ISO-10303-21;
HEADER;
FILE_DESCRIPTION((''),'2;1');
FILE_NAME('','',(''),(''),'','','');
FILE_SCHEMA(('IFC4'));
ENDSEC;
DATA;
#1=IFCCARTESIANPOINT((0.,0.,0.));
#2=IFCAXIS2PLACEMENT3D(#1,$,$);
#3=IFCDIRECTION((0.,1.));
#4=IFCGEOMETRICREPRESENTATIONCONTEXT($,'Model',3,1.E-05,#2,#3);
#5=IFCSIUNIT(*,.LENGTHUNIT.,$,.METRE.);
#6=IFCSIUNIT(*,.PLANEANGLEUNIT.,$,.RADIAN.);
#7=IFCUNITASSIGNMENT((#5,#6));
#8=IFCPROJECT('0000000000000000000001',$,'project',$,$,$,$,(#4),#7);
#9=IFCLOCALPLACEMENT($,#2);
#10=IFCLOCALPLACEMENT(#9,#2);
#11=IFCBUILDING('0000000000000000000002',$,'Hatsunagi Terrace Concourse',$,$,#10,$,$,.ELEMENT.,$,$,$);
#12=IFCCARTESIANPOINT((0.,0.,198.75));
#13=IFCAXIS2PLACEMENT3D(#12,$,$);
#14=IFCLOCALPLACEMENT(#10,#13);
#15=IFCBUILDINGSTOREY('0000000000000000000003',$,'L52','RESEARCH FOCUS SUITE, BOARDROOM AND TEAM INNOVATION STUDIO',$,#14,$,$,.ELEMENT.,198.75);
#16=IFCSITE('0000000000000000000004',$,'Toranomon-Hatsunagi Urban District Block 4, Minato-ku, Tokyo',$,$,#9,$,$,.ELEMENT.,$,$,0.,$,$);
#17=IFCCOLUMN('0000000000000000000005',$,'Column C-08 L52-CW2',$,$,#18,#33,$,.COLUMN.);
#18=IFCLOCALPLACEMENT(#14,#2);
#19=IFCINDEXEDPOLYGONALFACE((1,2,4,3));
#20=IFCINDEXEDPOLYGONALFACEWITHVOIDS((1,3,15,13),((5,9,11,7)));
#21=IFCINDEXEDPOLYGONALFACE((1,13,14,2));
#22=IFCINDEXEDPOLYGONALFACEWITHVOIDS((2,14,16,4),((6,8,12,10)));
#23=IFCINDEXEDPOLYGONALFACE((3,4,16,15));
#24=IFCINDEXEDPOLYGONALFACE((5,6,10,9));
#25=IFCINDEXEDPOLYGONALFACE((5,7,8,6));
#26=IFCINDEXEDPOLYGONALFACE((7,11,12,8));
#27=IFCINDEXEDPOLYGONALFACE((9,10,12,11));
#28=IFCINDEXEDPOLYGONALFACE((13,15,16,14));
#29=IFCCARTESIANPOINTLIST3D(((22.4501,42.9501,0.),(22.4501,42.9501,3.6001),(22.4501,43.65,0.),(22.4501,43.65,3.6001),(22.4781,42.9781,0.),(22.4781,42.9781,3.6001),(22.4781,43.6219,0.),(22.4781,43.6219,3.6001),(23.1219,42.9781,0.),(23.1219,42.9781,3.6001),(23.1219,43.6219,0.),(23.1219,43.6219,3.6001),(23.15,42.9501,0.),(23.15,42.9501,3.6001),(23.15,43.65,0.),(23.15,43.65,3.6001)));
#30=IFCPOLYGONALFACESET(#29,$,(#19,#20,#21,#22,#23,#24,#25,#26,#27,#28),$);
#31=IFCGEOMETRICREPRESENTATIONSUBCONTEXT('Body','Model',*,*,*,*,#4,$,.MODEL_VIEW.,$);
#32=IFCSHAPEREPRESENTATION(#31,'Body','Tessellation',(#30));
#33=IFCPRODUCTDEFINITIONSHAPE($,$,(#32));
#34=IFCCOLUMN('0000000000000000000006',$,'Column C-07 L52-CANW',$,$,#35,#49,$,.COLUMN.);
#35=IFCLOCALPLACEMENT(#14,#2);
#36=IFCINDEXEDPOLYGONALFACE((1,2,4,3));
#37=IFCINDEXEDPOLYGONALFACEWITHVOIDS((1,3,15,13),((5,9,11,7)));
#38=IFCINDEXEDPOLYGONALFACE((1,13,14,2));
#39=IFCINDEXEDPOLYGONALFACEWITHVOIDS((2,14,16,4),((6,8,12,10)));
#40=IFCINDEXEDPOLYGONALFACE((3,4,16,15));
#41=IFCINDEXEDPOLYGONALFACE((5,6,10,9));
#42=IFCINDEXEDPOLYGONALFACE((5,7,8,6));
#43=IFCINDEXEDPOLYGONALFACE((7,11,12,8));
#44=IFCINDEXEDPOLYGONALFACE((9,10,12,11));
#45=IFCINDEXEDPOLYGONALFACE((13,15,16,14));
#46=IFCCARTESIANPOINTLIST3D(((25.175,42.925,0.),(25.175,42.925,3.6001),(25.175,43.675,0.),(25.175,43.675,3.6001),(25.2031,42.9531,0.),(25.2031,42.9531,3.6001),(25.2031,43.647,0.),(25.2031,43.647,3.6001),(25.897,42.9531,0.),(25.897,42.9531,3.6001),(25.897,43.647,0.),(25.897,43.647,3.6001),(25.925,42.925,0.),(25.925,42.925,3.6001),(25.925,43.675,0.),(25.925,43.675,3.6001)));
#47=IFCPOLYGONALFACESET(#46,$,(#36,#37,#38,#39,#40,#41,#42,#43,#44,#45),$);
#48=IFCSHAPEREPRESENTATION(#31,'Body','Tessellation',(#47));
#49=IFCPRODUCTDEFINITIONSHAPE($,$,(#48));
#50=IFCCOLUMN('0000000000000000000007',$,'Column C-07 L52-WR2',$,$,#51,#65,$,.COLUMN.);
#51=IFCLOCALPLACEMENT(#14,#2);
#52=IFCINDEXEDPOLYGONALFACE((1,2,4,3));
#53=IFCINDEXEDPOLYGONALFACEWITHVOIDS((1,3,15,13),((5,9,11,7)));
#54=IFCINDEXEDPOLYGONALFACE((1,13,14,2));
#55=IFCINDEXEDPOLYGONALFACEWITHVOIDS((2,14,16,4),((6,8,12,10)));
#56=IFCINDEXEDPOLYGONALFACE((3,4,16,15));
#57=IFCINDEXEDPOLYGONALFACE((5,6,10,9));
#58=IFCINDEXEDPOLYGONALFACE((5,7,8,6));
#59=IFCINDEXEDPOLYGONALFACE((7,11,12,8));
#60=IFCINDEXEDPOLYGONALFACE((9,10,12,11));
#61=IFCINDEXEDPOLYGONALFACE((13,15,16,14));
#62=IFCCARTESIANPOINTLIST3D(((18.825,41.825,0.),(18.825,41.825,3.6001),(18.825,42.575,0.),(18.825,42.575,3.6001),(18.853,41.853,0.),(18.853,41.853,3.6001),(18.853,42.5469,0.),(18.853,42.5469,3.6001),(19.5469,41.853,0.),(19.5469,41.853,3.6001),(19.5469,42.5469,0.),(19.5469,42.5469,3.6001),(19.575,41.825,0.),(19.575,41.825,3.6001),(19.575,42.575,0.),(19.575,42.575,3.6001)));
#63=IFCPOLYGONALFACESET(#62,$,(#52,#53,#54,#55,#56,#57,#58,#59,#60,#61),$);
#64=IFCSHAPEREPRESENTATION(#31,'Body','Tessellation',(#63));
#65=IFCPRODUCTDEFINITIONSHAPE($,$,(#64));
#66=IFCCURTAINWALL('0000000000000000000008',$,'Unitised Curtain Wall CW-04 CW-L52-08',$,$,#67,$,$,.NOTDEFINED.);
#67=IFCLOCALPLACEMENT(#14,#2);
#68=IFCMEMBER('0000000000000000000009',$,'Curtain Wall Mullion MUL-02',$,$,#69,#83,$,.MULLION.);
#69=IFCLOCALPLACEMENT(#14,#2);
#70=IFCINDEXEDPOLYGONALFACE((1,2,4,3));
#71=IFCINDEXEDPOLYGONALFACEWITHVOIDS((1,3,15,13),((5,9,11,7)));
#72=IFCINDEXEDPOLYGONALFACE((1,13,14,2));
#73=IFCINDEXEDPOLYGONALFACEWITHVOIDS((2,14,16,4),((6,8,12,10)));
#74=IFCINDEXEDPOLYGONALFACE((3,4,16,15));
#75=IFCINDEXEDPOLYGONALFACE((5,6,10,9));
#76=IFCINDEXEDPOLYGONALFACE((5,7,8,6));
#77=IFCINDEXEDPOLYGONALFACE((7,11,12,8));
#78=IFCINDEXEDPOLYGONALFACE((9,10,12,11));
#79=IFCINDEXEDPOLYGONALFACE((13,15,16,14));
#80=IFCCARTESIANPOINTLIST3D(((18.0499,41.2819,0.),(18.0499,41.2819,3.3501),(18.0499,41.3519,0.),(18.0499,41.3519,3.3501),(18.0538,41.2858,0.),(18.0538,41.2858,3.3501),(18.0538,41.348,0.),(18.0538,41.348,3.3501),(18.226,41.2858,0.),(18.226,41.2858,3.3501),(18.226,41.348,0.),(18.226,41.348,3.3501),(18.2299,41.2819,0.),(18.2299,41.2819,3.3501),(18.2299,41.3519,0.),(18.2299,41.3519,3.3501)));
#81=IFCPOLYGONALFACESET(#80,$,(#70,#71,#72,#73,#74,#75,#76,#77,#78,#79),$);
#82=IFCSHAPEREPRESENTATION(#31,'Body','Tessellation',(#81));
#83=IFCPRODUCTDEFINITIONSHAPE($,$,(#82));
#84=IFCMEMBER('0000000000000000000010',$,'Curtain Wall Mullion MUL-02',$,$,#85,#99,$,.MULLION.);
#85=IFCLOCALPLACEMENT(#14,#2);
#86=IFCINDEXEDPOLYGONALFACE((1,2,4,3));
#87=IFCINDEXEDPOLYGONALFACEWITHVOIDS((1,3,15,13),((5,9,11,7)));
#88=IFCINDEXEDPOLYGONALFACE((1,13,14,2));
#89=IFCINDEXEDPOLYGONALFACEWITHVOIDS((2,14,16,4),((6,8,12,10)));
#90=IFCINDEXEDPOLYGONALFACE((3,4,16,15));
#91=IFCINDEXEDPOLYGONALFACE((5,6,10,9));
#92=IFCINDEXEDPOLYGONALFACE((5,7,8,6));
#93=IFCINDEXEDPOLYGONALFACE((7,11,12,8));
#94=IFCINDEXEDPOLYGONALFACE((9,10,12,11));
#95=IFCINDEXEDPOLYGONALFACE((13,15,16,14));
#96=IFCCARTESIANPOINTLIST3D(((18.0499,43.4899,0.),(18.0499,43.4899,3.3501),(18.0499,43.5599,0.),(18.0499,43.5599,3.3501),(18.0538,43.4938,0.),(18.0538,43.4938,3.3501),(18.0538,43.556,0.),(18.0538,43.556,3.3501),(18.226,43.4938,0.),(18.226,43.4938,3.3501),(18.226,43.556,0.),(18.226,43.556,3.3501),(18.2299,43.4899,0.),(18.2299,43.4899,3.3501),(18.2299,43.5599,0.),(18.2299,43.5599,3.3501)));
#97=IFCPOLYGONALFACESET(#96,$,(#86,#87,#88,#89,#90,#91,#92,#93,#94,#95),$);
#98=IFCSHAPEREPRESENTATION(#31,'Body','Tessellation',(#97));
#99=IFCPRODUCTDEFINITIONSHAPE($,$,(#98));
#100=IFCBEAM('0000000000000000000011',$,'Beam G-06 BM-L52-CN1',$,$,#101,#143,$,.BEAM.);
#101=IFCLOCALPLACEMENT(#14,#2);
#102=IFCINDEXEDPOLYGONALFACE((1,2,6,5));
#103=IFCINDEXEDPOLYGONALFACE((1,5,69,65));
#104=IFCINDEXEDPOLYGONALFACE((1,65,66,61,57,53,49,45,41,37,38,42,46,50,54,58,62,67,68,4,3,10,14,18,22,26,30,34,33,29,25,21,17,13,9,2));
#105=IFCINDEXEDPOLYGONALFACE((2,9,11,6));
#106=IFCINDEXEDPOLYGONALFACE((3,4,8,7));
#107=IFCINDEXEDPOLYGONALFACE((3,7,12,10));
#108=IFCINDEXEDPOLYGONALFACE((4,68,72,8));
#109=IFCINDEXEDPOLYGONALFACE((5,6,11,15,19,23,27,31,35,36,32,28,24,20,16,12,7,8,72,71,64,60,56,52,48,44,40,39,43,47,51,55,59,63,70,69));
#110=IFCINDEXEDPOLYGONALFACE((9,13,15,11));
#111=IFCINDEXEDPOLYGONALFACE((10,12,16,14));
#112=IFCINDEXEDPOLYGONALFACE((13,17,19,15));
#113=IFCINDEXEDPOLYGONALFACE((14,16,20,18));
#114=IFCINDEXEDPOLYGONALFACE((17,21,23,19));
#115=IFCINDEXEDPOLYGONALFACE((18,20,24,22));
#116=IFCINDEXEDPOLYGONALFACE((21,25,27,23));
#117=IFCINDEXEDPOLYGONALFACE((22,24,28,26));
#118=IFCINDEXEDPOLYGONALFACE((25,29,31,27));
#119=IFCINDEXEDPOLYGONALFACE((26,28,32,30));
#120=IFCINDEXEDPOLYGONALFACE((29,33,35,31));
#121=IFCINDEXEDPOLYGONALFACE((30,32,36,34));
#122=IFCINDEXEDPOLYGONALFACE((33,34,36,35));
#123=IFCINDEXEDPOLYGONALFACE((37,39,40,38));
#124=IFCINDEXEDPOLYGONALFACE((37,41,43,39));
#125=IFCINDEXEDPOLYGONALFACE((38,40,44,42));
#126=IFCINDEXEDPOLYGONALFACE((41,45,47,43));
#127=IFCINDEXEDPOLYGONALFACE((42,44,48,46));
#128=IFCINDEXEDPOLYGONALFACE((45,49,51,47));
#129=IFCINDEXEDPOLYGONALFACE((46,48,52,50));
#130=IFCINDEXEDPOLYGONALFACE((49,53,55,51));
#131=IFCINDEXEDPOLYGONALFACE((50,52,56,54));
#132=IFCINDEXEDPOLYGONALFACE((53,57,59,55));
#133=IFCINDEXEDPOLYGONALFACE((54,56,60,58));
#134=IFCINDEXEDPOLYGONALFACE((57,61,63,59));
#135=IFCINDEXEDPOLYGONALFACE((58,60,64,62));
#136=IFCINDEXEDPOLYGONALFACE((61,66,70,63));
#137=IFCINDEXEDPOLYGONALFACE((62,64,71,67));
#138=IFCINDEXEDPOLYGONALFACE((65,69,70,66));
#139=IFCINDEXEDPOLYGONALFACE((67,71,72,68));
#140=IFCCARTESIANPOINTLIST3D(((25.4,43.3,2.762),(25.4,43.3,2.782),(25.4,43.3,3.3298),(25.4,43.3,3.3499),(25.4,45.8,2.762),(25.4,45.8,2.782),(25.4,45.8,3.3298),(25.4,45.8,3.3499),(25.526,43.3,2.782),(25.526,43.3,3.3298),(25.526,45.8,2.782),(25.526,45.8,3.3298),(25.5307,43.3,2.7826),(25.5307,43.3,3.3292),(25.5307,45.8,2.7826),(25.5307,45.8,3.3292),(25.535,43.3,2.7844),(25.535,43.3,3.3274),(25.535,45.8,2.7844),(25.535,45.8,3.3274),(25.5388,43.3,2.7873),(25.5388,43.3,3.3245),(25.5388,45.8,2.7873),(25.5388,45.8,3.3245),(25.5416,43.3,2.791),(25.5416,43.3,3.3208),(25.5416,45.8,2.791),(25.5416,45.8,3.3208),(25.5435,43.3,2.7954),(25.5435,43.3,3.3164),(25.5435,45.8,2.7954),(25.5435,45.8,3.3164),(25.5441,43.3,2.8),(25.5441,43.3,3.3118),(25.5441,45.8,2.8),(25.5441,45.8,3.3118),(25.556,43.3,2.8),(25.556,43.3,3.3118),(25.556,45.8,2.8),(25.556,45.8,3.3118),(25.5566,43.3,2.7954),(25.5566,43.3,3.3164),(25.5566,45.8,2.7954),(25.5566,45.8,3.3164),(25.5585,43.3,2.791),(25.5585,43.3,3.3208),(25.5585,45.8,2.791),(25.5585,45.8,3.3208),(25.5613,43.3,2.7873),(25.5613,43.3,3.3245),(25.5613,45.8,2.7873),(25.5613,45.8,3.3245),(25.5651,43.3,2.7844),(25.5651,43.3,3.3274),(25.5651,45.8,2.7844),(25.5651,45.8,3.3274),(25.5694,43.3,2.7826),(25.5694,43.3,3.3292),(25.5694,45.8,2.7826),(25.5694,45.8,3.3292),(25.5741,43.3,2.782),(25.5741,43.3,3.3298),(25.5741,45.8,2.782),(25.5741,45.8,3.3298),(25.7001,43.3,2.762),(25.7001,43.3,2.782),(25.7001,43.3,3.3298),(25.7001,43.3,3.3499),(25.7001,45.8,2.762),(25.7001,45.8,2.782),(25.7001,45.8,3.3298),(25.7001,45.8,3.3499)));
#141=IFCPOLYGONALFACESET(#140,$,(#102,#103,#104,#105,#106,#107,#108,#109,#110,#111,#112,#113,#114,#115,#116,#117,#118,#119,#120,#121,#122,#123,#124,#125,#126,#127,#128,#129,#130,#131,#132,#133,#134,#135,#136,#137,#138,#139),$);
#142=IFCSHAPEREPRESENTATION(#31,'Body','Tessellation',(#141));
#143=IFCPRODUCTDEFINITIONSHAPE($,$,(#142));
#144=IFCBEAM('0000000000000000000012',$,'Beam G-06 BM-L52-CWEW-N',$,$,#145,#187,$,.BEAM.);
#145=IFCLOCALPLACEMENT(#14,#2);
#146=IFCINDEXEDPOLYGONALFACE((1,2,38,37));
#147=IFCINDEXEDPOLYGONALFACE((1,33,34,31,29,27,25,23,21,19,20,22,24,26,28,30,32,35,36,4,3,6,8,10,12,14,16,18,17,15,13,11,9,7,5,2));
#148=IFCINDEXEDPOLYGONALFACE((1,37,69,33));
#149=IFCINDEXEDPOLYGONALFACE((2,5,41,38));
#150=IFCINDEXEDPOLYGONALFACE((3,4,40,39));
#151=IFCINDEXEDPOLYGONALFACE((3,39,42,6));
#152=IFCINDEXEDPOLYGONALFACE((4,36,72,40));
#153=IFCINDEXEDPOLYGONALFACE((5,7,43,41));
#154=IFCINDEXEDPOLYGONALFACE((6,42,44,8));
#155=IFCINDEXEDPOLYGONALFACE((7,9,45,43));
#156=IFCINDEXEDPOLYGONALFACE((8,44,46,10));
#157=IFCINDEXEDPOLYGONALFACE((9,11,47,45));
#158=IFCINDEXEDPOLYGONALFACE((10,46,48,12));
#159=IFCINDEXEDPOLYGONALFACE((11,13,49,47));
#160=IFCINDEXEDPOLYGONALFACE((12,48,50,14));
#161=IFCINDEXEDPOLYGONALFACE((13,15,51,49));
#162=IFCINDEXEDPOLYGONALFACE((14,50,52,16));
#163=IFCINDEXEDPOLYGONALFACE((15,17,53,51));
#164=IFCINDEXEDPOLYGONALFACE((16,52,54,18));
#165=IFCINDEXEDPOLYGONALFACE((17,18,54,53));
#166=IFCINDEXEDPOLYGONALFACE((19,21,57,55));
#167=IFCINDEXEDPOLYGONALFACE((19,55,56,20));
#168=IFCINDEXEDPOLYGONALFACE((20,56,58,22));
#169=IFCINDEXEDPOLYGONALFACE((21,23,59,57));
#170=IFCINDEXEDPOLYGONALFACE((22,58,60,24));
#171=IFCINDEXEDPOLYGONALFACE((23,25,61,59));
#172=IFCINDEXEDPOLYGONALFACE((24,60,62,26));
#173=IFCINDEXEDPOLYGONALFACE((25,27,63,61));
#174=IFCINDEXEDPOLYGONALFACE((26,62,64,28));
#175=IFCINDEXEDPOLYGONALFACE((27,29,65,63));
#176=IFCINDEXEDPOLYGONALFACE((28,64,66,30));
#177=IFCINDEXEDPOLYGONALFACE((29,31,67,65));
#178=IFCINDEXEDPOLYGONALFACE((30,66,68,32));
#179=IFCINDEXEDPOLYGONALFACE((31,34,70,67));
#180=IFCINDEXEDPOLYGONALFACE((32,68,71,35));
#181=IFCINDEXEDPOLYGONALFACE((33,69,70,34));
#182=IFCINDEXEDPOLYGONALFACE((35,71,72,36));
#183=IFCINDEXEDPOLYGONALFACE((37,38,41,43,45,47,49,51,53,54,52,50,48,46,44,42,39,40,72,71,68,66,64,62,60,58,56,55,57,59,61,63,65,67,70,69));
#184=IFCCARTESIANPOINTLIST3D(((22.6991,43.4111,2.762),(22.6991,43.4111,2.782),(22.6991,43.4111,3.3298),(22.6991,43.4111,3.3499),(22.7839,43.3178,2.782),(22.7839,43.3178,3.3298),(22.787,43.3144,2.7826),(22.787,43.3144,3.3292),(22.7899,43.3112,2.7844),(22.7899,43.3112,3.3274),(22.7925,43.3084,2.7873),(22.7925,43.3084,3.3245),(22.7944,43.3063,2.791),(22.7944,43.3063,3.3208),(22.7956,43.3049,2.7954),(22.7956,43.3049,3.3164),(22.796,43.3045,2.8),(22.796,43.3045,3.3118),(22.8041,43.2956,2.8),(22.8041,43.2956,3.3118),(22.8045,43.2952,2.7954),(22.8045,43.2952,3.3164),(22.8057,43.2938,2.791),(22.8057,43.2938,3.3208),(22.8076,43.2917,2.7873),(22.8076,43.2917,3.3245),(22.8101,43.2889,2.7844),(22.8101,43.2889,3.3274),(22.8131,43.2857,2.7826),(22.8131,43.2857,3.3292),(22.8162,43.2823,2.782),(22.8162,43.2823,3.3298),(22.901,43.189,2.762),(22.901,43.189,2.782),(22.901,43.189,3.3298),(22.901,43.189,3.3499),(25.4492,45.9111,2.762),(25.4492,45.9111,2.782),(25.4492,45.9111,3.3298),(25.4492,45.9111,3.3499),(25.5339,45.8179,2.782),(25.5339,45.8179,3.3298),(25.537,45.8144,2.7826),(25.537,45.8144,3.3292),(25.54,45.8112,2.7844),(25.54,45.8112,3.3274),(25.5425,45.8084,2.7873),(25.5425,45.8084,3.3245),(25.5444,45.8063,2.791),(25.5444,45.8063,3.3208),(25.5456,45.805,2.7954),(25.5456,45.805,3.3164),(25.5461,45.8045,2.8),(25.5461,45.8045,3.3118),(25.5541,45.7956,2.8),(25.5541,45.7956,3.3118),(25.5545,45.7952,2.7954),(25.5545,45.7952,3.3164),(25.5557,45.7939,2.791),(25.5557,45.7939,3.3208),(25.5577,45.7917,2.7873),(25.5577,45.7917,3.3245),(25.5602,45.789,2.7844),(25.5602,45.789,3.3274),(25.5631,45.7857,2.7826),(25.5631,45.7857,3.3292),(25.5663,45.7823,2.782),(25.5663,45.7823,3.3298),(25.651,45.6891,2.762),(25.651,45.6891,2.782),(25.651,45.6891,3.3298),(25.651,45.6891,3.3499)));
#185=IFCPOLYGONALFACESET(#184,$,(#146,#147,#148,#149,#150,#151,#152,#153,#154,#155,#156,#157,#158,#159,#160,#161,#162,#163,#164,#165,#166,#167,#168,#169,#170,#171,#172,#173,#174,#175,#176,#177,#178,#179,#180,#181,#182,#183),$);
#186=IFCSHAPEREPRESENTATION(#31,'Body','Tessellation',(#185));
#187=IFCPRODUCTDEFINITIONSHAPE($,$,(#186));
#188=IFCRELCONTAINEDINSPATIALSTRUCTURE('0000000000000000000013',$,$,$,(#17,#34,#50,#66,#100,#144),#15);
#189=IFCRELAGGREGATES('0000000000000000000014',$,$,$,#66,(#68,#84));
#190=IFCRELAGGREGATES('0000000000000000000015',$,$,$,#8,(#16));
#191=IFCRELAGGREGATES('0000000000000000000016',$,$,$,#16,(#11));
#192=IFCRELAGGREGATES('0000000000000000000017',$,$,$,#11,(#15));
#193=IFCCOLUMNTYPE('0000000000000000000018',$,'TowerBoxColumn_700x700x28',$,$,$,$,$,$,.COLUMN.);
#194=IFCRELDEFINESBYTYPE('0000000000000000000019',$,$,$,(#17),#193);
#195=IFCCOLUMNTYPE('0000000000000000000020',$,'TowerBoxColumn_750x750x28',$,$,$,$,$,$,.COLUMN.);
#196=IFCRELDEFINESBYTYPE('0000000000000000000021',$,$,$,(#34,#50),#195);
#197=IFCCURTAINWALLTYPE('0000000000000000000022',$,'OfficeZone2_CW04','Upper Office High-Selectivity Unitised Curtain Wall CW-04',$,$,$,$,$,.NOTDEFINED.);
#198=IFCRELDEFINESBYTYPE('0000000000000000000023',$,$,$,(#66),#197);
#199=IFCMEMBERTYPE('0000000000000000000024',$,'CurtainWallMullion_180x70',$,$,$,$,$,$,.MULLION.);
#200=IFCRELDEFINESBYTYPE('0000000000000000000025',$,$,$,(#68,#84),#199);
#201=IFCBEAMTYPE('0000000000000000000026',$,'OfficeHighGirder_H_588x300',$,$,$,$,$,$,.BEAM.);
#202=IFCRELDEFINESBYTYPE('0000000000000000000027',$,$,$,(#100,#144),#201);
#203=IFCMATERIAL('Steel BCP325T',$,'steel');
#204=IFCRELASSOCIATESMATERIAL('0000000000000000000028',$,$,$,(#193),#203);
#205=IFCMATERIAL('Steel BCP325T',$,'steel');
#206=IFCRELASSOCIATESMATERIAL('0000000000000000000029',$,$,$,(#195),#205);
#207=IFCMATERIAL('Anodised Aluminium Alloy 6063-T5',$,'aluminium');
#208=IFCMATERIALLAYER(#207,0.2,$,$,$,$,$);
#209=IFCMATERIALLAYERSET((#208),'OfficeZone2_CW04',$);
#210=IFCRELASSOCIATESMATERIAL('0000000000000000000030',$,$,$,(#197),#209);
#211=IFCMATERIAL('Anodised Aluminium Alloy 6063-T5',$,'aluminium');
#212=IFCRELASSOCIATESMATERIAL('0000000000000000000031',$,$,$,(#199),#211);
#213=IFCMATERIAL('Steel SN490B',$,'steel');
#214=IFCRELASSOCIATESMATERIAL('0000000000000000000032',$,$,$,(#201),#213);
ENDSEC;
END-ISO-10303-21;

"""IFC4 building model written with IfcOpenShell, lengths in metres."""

from ifc_helpers import new_model, si_unit, direction, frame, origin, origin_2d, place, context, subcontext, project, spatial, hollow_rectangle, i_section, extrude, material, layer, layer_set, material_profile, profile_set, type_object, element, aggregate, save


model = new_model("IFC4")

# Units and contexts
model_context = context("Model", 3, precision=1e-05, world=origin(), true_north=direction((0.0, 1.0)))
body_context = subcontext(model_context, "Body", "Model", "MODEL_VIEW")
ifc_project = project(units=[si_unit("LENGTHUNIT", "METRE"), si_unit("PLANEANGLEUNIT", "RADIAN")], contexts=[model_context])

# Site, building, storey
site_placement = place(None, origin())
site = spatial("IfcSite", under=ifc_project, at=site_placement, Name="Toranomon-Hatsunagi Urban District Block 4, Minato-ku, Tokyo", CompositionType="ELEMENT", RefElevation=0.0)
building_placement = place(site_placement, origin())
building = spatial("IfcBuilding", under=site, at=building_placement, Name="Hatsunagi Terrace Concourse", CompositionType="ELEMENT")
storey_placement = place(building_placement, frame((0.0, 0.0, 198.75)))
storey = spatial("IfcBuildingStorey", under=building, at=storey_placement, Name="L52", Description="RESEARCH FOCUS SUITE, BOARDROOM AND TEAM INNOVATION STUDIO", CompositionType="ELEMENT", Elevation=198.75)

# Columns
ifc_material_1 = material(Name="Steel BCP325T", Category="steel")
ifc_material_profile_1 = material_profile(ifc_material_1, hollow_rectangle(XDim=0.7, YDim=0.7, WallThickness=0.0281, at=origin_2d()), Name="BCP-700x700x28")
ifc_profile_set_1 = profile_set([ifc_material_profile_1], Name="Steel BCP325T")
column_type_1 = type_object("IfcColumnType", Name="TowerBoxColumn_700x700x28", PredefinedType="COLUMN", material=ifc_profile_set_1)
column_placement = place(storey_placement, frame((22.8, 43.3, 0.0), z_axis=(0.0, 0.0, 1.0), x_axis=(1.0, 0.0, 0.0)))
element("IfcColumn", 1, at=column_placement, inside=storey, type_object=column_type_1, Name="Column C-08 L52-CW2", PredefinedType="COLUMN", context=body_context, shape_type="SweptSolid", body=[
    extrude(hollow_rectangle(XDim=0.7, YDim=0.7, WallThickness=0.0281, at=origin_2d()), origin(), (0.0, 0.0, 1.0), 3.6001),
])
ifc_material_2 = material(Name="Steel BCP325T", Category="steel")
ifc_material_profile_2 = material_profile(ifc_material_2, hollow_rectangle(XDim=0.75, YDim=0.75, WallThickness=0.0281, at=origin_2d()), Name="BCP-750x750x28")
ifc_profile_set_2 = profile_set([ifc_material_profile_2], Name="Steel BCP325T")
column_type_2 = type_object("IfcColumnType", Name="TowerBoxColumn_750x750x28", PredefinedType="COLUMN", material=ifc_profile_set_2)
for number, where, z_axis, x_axis, name in (
    (2, (25.55, 43.3, 0.0), (0.0, 0.0, 1.0), (1.0, 0.0, 0.0), "Column C-07 L52-CANW"),
    (3, (19.2, 42.2, 0.0), (0.0, 0.0, 1.0), (1.0, 0.0, 0.0), "Column C-07 L52-WR2"),
):
    element("IfcColumn", number, at=place(storey_placement, frame(where, z_axis=z_axis, x_axis=x_axis)), inside=storey, type_object=column_type_2, Name=name, PredefinedType="COLUMN", context=body_context, shape_type="SweptSolid", body=[
        extrude(hollow_rectangle(XDim=0.75, YDim=0.75, WallThickness=0.0281, at=origin_2d()), origin(), (0.0, 0.0, 1.0), 3.6001),
    ])

# Curtain wall, members
ifc_material_3 = material(Name="Anodised Aluminium Alloy 6063-T5", Category="aluminium")
ifc_layer_1 = layer(ifc_material_3, 0.2)
ifc_layer_set_1 = layer_set([ifc_layer_1], Name="OfficeZone2_CW04")
curtain_wall_type = type_object("IfcCurtainWallType", Name="OfficeZone2_CW04", Description="Upper Office High-Selectivity Unitised Curtain Wall CW-04", PredefinedType="NOTDEFINED", material=ifc_layer_set_1)
curtain_wall_placement = place(storey_placement, origin())
curtain_wall = element("IfcCurtainWall", 4, at=curtain_wall_placement, inside=storey, type_object=curtain_wall_type, Name="Unitised Curtain Wall CW-04 CW-L52-08", PredefinedType="NOTDEFINED")
ifc_material_4 = material(Name="Anodised Aluminium Alloy 6063-T5", Category="aluminium")
ifc_material_profile_3 = material_profile(ifc_material_4, hollow_rectangle(XDim=0.0701, YDim=0.1799, WallThickness=0.0039, at=origin_2d()), Name="ALU-MUL-180x70x4")
ifc_profile_set_3 = profile_set([ifc_material_profile_3], Name="Anodised Aluminium Alloy 6063-T5")
member_type = type_object("IfcMemberType", Name="CurtainWallMullion_180x70", PredefinedType="MULLION", material=ifc_profile_set_3)
member_1_placement = place(storey_placement, frame((18.1399, 41.3169, 0.0), z_axis=(0.0, 0.0, 1.0), x_axis=(0.0, 1.0, 0.0)))
member_1 = element("IfcMember", 5, at=member_1_placement, type_object=member_type, Name="Curtain Wall Mullion MUL-02", PredefinedType="MULLION", context=body_context, shape_type="SweptSolid", body=[
    extrude(hollow_rectangle(XDim=0.0701, YDim=0.1799, WallThickness=0.0039, at=origin_2d()), origin(), (0.0, 0.0, 1.0), 3.3501),
])
member_2_placement = place(storey_placement, frame((18.1399, 43.5249, 0.0), z_axis=(0.0, 0.0, 1.0), x_axis=(0.0, 1.0, 0.0)))
member_2 = element("IfcMember", 6, at=member_2_placement, type_object=member_type, Name="Curtain Wall Mullion MUL-02", PredefinedType="MULLION", context=body_context, shape_type="SweptSolid", body=[
    extrude(hollow_rectangle(XDim=0.0701, YDim=0.1799, WallThickness=0.0039, at=origin_2d()), origin(), (0.0, 0.0, 1.0), 3.3501),
])

# Beams
ifc_material_5 = material(Name="Steel SN490B", Category="steel")
ifc_material_profile_4 = material_profile(ifc_material_5, i_section(OverallWidth=0.3, OverallDepth=0.5879, WebThickness=0.012, FlangeThickness=0.02, FilletRadius=0.0181, at=origin_2d()), Name="H-588x300x12x20")
ifc_profile_set_4 = profile_set([ifc_material_profile_4], Name="Steel SN490B")
beam_type_1 = type_object("IfcBeamType", Name="OfficeHighGirder_H_588x300", PredefinedType="BEAM", material=ifc_profile_set_4)
beam_1_placement = place(storey_placement, frame((25.55, 43.3, 3.0559), z_axis=(0.0, 1.0, 0.0), x_axis=(-1.0, 0.0, 0.0)))
element("IfcBeam", 7, at=beam_1_placement, inside=storey, type_object=beam_type_1, Name="Beam G-06 BM-L52-CN1", PredefinedType="BEAM", context=body_context, shape_type="SweptSolid", body=[
    extrude(i_section(OverallWidth=0.3, OverallDepth=0.5879, WebThickness=0.012, FlangeThickness=0.02, FilletRadius=0.0181, at=origin_2d()), origin(), (0.0, 0.0, 1.0), 2.5),
])
beam_2_placement = place(storey_placement, frame((22.8, 43.3, 3.0559), z_axis=(0.73994, 0.672673, 0.0), x_axis=(-0.672673, 0.73994, 0.0)))
element("IfcBeam", 8, at=beam_2_placement, inside=storey, type_object=beam_type_1, Name="Beam G-06 BM-L52-CWEW-N", PredefinedType="BEAM", context=body_context, shape_type="SweptSolid", body=[
    extrude(i_section(OverallWidth=0.3, OverallDepth=0.5879, WebThickness=0.012, FlangeThickness=0.02, FilletRadius=0.0181, at=origin_2d()), origin(), (0.0, 0.0, 1.0), 3.7166),
])

aggregate(curtain_wall, [member_1, member_2])

save(model, "model.ifc")
